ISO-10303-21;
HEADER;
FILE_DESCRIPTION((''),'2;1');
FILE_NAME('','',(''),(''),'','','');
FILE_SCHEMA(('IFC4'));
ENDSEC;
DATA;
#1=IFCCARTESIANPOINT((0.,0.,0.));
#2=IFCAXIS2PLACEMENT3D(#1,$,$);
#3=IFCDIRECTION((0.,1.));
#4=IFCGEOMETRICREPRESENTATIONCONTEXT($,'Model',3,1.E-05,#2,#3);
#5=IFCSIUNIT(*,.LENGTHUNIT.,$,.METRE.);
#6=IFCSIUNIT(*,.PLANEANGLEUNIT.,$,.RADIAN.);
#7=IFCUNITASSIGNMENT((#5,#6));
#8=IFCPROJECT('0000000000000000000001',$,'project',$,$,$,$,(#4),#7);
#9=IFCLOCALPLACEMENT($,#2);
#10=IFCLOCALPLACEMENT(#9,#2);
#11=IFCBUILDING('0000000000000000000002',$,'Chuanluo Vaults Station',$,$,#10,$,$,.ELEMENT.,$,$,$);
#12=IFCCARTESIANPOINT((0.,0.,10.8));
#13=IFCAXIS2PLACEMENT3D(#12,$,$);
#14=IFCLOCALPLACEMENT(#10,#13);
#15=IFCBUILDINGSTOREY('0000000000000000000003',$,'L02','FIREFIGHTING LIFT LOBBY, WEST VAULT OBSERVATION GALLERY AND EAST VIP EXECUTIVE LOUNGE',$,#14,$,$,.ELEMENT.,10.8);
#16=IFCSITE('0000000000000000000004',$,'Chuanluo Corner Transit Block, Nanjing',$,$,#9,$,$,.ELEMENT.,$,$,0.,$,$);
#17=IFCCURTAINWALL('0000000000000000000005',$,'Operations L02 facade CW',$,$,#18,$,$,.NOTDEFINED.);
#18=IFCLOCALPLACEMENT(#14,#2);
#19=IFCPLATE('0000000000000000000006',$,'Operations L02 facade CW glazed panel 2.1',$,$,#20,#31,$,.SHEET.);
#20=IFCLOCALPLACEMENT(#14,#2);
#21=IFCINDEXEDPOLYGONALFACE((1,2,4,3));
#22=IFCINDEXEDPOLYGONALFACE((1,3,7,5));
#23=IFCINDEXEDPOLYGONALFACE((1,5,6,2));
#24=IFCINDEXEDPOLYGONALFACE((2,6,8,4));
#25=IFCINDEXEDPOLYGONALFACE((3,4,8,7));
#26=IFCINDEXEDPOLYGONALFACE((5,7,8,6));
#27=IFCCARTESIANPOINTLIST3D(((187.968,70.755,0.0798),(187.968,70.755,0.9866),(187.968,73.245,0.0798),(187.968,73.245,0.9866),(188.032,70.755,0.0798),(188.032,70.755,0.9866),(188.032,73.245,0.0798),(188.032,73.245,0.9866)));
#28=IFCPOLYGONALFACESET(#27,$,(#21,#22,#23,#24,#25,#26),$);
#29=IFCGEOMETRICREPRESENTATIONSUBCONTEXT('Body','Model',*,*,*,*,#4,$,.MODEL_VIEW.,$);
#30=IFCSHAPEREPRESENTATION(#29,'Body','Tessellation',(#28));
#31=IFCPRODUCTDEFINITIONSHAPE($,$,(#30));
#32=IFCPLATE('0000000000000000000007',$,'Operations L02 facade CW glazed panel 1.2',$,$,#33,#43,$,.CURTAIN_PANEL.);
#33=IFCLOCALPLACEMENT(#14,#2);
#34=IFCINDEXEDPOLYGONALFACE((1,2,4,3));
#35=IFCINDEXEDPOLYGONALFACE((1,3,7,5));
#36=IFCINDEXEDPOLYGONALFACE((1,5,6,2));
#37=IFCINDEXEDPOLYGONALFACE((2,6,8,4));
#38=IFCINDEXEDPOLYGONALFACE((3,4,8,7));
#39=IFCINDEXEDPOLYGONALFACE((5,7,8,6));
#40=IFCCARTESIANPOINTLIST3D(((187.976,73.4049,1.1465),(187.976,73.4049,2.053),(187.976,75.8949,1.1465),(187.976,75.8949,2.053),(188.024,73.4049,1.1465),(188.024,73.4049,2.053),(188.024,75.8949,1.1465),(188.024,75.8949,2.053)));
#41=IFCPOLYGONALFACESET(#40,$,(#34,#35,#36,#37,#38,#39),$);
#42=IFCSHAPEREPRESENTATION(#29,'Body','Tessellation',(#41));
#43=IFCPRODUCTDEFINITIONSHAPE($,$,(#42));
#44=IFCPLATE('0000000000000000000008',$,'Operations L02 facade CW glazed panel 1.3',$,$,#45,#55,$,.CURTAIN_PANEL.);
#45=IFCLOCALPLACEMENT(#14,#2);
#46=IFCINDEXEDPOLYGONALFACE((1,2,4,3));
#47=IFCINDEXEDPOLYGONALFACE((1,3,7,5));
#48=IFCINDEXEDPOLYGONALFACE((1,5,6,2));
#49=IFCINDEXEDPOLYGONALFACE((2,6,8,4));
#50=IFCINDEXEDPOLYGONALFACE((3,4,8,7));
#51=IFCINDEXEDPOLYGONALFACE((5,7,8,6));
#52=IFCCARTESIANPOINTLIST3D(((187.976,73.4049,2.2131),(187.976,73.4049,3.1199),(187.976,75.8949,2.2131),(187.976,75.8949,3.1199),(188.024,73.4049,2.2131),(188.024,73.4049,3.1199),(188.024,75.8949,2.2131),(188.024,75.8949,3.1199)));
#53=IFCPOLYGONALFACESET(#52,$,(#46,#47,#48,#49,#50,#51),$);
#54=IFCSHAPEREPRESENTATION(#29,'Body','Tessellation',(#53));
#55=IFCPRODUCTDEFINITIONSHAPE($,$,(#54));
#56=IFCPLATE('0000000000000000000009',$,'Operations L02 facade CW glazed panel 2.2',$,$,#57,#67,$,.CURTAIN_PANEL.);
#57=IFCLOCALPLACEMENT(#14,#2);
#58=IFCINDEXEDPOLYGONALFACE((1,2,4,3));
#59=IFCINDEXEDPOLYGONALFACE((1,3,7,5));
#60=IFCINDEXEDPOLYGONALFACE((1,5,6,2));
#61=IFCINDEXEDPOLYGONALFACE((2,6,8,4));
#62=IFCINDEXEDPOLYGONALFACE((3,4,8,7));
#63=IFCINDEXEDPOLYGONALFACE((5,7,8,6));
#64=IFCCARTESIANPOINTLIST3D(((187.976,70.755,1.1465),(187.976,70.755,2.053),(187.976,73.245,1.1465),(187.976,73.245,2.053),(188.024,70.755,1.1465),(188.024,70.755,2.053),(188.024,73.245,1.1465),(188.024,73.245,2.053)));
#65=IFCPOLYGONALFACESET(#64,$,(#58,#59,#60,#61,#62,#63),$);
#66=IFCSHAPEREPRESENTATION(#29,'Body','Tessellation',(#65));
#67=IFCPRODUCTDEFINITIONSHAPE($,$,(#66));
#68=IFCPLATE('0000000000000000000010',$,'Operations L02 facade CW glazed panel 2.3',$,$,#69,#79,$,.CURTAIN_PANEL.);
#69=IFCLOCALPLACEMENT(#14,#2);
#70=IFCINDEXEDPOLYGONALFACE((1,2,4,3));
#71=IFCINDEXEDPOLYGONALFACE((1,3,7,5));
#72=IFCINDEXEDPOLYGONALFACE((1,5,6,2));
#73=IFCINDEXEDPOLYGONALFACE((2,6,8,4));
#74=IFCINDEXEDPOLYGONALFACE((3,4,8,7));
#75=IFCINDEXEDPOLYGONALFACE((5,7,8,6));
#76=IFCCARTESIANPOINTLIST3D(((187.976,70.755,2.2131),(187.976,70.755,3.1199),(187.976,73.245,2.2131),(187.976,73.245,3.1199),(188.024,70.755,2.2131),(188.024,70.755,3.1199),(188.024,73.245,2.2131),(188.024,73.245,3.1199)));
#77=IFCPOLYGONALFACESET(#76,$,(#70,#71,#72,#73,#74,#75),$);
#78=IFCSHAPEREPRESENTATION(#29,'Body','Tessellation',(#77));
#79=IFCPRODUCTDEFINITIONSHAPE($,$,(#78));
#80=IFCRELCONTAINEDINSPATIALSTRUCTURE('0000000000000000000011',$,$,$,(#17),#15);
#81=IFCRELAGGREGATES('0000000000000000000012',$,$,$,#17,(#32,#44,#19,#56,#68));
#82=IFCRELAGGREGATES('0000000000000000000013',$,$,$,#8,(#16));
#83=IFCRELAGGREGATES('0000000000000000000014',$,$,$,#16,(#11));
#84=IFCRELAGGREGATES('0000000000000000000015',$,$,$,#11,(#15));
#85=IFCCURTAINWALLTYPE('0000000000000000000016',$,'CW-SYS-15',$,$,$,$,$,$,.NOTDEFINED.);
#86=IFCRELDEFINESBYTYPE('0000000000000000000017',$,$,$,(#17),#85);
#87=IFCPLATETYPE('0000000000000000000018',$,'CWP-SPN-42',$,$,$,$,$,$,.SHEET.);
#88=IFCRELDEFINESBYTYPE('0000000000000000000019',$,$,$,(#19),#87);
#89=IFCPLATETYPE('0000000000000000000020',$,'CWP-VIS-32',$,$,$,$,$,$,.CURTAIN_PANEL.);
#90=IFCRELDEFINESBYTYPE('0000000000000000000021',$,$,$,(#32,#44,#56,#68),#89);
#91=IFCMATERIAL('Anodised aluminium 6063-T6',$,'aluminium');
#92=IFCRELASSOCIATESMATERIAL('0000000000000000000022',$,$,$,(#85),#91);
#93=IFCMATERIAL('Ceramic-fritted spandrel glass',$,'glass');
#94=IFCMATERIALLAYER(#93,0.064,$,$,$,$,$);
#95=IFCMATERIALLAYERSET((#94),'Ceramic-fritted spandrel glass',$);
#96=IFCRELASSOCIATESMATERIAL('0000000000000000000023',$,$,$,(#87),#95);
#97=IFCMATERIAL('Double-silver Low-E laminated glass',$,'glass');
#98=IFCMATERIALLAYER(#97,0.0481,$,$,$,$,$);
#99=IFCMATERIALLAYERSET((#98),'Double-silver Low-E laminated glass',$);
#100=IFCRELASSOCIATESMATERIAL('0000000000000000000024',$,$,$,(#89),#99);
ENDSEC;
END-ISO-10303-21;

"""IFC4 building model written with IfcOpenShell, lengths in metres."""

from ifc_helpers import new_model, si_unit, direction, frame, origin, origin_2d, place, context, subcontext, project, spatial, rectangle, extrude, material, layer, layer_set, type_object, element, aggregate, save


model = new_model("IFC4")

# Units and contexts
model_context = context("Model", 3, precision=1e-05, world=origin(), true_north=direction((0.0, 1.0)))
body_context = subcontext(model_context, "Body", "Model", "MODEL_VIEW")
ifc_project = project(units=[si_unit("LENGTHUNIT", "METRE"), si_unit("PLANEANGLEUNIT", "RADIAN")], contexts=[model_context])

# Site, building, storey
site_placement = place(None, origin())
site = spatial("IfcSite", under=ifc_project, at=site_placement, Name="Chuanluo Corner Transit Block, Nanjing", CompositionType="ELEMENT", RefElevation=0.0)
building_placement = place(site_placement, origin())
building = spatial("IfcBuilding", under=site, at=building_placement, Name="Chuanluo Vaults Station", CompositionType="ELEMENT")
storey_placement = place(building_placement, frame((0.0, 0.0, 10.8)))
storey = spatial("IfcBuildingStorey", under=building, at=storey_placement, Name="L02", Description="FIREFIGHTING LIFT LOBBY, WEST VAULT OBSERVATION GALLERY AND EAST VIP EXECUTIVE LOUNGE", CompositionType="ELEMENT", Elevation=10.8)

# Curtain wall, plates
ifc_material_1 = material(Name="Anodised aluminium 6063-T6", Category="aluminium")
curtain_wall_type = type_object("IfcCurtainWallType", Name="CW-SYS-15", PredefinedType="NOTDEFINED", material=ifc_material_1)
curtain_wall_placement = place(storey_placement, origin())
curtain_wall = element("IfcCurtainWall", 1, at=curtain_wall_placement, inside=storey, type_object=curtain_wall_type, Name="Operations L02 facade CW", PredefinedType="NOTDEFINED")
ifc_material_2 = material(Name="Ceramic-fritted spandrel glass", Category="glass")
ifc_layer_1 = layer(ifc_material_2, 0.064)
ifc_layer_set_1 = layer_set([ifc_layer_1], Name="Ceramic-fritted spandrel glass")
plate_type_1 = type_object("IfcPlateType", Name="CWP-SPN-42", PredefinedType="SHEET", material=ifc_layer_set_1)
plate_1_placement = place(storey_placement, frame((188.0, 72.0, 0.0798), z_axis=(0.0, 0.0, 1.0), x_axis=(0.0, -1.0, 0.0)))
plate_1 = element("IfcPlate", 2, at=plate_1_placement, type_object=plate_type_1, Name="Operations L02 facade CW glazed panel 2.1", PredefinedType="SHEET", context=body_context, shape_type="SweptSolid", body=[
    extrude(rectangle(XDim=2.49, YDim=0.064, at=origin_2d()), origin(), (0.0, 0.0, 1.0), 0.9067),
])
ifc_material_3 = material(Name="Double-silver Low-E laminated glass", Category="glass")
ifc_layer_2 = layer(ifc_material_3, 0.0481)
ifc_layer_set_2 = layer_set([ifc_layer_2], Name="Double-silver Low-E laminated glass")
plate_type_2 = type_object("IfcPlateType", Name="CWP-VIS-32", PredefinedType="CURTAIN_PANEL", material=ifc_layer_set_2)
plate_2_placement = place(storey_placement, frame((188.0, 74.6499, 1.1465), z_axis=(0.0, 0.0, 1.0), x_axis=(0.0, -1.0, 0.0)))
plate_2 = element("IfcPlate", 3, at=plate_2_placement, type_object=plate_type_2, Name="Operations L02 facade CW glazed panel 1.2", PredefinedType="CURTAIN_PANEL", context=body_context, shape_type="SweptSolid", body=[
    extrude(rectangle(XDim=2.49, YDim=0.0481, at=origin_2d()), origin(), (0.0, 0.0, 1.0), 0.9065),
])
plate_3_placement = place(storey_placement, frame((188.0, 74.6499, 2.2131), z_axis=(0.0, 0.0, 1.0), x_axis=(0.0, -1.0, 0.0)))
plate_3 = element("IfcPlate", 4, at=plate_3_placement, type_object=plate_type_2, Name="Operations L02 facade CW glazed panel 1.3", PredefinedType="CURTAIN_PANEL", context=body_context, shape_type="SweptSolid", body=[
    extrude(rectangle(XDim=2.49, YDim=0.0481, at=origin_2d()), origin(), (0.0, 0.0, 1.0), 0.9067),
])
plate_4_placement = place(storey_placement, frame((188.0, 72.0, 1.1465), z_axis=(0.0, 0.0, 1.0), x_axis=(0.0, -1.0, 0.0)))
plate_4 = element("IfcPlate", 5, at=plate_4_placement, type_object=plate_type_2, Name="Operations L02 facade CW glazed panel 2.2", PredefinedType="CURTAIN_PANEL", context=body_context, shape_type="SweptSolid", body=[
    extrude(rectangle(XDim=2.49, YDim=0.0481, at=origin_2d()), origin(), (0.0, 0.0, 1.0), 0.9065),
])
plate_5_placement = place(storey_placement, frame((188.0, 72.0, 2.2131), z_axis=(0.0, 0.0, 1.0), x_axis=(0.0, -1.0, 0.0)))
plate_5 = element("IfcPlate", 6, at=plate_5_placement, type_object=plate_type_2, Name="Operations L02 facade CW glazed panel 2.3", PredefinedType="CURTAIN_PANEL", context=body_context, shape_type="SweptSolid", body=[
    extrude(rectangle(XDim=2.49, YDim=0.0481, at=origin_2d()), origin(), (0.0, 0.0, 1.0), 0.9067),
])
aggregate(curtain_wall, [plate_2, plate_3, plate_1, plate_4, plate_5])

save(model, "model.ifc")
